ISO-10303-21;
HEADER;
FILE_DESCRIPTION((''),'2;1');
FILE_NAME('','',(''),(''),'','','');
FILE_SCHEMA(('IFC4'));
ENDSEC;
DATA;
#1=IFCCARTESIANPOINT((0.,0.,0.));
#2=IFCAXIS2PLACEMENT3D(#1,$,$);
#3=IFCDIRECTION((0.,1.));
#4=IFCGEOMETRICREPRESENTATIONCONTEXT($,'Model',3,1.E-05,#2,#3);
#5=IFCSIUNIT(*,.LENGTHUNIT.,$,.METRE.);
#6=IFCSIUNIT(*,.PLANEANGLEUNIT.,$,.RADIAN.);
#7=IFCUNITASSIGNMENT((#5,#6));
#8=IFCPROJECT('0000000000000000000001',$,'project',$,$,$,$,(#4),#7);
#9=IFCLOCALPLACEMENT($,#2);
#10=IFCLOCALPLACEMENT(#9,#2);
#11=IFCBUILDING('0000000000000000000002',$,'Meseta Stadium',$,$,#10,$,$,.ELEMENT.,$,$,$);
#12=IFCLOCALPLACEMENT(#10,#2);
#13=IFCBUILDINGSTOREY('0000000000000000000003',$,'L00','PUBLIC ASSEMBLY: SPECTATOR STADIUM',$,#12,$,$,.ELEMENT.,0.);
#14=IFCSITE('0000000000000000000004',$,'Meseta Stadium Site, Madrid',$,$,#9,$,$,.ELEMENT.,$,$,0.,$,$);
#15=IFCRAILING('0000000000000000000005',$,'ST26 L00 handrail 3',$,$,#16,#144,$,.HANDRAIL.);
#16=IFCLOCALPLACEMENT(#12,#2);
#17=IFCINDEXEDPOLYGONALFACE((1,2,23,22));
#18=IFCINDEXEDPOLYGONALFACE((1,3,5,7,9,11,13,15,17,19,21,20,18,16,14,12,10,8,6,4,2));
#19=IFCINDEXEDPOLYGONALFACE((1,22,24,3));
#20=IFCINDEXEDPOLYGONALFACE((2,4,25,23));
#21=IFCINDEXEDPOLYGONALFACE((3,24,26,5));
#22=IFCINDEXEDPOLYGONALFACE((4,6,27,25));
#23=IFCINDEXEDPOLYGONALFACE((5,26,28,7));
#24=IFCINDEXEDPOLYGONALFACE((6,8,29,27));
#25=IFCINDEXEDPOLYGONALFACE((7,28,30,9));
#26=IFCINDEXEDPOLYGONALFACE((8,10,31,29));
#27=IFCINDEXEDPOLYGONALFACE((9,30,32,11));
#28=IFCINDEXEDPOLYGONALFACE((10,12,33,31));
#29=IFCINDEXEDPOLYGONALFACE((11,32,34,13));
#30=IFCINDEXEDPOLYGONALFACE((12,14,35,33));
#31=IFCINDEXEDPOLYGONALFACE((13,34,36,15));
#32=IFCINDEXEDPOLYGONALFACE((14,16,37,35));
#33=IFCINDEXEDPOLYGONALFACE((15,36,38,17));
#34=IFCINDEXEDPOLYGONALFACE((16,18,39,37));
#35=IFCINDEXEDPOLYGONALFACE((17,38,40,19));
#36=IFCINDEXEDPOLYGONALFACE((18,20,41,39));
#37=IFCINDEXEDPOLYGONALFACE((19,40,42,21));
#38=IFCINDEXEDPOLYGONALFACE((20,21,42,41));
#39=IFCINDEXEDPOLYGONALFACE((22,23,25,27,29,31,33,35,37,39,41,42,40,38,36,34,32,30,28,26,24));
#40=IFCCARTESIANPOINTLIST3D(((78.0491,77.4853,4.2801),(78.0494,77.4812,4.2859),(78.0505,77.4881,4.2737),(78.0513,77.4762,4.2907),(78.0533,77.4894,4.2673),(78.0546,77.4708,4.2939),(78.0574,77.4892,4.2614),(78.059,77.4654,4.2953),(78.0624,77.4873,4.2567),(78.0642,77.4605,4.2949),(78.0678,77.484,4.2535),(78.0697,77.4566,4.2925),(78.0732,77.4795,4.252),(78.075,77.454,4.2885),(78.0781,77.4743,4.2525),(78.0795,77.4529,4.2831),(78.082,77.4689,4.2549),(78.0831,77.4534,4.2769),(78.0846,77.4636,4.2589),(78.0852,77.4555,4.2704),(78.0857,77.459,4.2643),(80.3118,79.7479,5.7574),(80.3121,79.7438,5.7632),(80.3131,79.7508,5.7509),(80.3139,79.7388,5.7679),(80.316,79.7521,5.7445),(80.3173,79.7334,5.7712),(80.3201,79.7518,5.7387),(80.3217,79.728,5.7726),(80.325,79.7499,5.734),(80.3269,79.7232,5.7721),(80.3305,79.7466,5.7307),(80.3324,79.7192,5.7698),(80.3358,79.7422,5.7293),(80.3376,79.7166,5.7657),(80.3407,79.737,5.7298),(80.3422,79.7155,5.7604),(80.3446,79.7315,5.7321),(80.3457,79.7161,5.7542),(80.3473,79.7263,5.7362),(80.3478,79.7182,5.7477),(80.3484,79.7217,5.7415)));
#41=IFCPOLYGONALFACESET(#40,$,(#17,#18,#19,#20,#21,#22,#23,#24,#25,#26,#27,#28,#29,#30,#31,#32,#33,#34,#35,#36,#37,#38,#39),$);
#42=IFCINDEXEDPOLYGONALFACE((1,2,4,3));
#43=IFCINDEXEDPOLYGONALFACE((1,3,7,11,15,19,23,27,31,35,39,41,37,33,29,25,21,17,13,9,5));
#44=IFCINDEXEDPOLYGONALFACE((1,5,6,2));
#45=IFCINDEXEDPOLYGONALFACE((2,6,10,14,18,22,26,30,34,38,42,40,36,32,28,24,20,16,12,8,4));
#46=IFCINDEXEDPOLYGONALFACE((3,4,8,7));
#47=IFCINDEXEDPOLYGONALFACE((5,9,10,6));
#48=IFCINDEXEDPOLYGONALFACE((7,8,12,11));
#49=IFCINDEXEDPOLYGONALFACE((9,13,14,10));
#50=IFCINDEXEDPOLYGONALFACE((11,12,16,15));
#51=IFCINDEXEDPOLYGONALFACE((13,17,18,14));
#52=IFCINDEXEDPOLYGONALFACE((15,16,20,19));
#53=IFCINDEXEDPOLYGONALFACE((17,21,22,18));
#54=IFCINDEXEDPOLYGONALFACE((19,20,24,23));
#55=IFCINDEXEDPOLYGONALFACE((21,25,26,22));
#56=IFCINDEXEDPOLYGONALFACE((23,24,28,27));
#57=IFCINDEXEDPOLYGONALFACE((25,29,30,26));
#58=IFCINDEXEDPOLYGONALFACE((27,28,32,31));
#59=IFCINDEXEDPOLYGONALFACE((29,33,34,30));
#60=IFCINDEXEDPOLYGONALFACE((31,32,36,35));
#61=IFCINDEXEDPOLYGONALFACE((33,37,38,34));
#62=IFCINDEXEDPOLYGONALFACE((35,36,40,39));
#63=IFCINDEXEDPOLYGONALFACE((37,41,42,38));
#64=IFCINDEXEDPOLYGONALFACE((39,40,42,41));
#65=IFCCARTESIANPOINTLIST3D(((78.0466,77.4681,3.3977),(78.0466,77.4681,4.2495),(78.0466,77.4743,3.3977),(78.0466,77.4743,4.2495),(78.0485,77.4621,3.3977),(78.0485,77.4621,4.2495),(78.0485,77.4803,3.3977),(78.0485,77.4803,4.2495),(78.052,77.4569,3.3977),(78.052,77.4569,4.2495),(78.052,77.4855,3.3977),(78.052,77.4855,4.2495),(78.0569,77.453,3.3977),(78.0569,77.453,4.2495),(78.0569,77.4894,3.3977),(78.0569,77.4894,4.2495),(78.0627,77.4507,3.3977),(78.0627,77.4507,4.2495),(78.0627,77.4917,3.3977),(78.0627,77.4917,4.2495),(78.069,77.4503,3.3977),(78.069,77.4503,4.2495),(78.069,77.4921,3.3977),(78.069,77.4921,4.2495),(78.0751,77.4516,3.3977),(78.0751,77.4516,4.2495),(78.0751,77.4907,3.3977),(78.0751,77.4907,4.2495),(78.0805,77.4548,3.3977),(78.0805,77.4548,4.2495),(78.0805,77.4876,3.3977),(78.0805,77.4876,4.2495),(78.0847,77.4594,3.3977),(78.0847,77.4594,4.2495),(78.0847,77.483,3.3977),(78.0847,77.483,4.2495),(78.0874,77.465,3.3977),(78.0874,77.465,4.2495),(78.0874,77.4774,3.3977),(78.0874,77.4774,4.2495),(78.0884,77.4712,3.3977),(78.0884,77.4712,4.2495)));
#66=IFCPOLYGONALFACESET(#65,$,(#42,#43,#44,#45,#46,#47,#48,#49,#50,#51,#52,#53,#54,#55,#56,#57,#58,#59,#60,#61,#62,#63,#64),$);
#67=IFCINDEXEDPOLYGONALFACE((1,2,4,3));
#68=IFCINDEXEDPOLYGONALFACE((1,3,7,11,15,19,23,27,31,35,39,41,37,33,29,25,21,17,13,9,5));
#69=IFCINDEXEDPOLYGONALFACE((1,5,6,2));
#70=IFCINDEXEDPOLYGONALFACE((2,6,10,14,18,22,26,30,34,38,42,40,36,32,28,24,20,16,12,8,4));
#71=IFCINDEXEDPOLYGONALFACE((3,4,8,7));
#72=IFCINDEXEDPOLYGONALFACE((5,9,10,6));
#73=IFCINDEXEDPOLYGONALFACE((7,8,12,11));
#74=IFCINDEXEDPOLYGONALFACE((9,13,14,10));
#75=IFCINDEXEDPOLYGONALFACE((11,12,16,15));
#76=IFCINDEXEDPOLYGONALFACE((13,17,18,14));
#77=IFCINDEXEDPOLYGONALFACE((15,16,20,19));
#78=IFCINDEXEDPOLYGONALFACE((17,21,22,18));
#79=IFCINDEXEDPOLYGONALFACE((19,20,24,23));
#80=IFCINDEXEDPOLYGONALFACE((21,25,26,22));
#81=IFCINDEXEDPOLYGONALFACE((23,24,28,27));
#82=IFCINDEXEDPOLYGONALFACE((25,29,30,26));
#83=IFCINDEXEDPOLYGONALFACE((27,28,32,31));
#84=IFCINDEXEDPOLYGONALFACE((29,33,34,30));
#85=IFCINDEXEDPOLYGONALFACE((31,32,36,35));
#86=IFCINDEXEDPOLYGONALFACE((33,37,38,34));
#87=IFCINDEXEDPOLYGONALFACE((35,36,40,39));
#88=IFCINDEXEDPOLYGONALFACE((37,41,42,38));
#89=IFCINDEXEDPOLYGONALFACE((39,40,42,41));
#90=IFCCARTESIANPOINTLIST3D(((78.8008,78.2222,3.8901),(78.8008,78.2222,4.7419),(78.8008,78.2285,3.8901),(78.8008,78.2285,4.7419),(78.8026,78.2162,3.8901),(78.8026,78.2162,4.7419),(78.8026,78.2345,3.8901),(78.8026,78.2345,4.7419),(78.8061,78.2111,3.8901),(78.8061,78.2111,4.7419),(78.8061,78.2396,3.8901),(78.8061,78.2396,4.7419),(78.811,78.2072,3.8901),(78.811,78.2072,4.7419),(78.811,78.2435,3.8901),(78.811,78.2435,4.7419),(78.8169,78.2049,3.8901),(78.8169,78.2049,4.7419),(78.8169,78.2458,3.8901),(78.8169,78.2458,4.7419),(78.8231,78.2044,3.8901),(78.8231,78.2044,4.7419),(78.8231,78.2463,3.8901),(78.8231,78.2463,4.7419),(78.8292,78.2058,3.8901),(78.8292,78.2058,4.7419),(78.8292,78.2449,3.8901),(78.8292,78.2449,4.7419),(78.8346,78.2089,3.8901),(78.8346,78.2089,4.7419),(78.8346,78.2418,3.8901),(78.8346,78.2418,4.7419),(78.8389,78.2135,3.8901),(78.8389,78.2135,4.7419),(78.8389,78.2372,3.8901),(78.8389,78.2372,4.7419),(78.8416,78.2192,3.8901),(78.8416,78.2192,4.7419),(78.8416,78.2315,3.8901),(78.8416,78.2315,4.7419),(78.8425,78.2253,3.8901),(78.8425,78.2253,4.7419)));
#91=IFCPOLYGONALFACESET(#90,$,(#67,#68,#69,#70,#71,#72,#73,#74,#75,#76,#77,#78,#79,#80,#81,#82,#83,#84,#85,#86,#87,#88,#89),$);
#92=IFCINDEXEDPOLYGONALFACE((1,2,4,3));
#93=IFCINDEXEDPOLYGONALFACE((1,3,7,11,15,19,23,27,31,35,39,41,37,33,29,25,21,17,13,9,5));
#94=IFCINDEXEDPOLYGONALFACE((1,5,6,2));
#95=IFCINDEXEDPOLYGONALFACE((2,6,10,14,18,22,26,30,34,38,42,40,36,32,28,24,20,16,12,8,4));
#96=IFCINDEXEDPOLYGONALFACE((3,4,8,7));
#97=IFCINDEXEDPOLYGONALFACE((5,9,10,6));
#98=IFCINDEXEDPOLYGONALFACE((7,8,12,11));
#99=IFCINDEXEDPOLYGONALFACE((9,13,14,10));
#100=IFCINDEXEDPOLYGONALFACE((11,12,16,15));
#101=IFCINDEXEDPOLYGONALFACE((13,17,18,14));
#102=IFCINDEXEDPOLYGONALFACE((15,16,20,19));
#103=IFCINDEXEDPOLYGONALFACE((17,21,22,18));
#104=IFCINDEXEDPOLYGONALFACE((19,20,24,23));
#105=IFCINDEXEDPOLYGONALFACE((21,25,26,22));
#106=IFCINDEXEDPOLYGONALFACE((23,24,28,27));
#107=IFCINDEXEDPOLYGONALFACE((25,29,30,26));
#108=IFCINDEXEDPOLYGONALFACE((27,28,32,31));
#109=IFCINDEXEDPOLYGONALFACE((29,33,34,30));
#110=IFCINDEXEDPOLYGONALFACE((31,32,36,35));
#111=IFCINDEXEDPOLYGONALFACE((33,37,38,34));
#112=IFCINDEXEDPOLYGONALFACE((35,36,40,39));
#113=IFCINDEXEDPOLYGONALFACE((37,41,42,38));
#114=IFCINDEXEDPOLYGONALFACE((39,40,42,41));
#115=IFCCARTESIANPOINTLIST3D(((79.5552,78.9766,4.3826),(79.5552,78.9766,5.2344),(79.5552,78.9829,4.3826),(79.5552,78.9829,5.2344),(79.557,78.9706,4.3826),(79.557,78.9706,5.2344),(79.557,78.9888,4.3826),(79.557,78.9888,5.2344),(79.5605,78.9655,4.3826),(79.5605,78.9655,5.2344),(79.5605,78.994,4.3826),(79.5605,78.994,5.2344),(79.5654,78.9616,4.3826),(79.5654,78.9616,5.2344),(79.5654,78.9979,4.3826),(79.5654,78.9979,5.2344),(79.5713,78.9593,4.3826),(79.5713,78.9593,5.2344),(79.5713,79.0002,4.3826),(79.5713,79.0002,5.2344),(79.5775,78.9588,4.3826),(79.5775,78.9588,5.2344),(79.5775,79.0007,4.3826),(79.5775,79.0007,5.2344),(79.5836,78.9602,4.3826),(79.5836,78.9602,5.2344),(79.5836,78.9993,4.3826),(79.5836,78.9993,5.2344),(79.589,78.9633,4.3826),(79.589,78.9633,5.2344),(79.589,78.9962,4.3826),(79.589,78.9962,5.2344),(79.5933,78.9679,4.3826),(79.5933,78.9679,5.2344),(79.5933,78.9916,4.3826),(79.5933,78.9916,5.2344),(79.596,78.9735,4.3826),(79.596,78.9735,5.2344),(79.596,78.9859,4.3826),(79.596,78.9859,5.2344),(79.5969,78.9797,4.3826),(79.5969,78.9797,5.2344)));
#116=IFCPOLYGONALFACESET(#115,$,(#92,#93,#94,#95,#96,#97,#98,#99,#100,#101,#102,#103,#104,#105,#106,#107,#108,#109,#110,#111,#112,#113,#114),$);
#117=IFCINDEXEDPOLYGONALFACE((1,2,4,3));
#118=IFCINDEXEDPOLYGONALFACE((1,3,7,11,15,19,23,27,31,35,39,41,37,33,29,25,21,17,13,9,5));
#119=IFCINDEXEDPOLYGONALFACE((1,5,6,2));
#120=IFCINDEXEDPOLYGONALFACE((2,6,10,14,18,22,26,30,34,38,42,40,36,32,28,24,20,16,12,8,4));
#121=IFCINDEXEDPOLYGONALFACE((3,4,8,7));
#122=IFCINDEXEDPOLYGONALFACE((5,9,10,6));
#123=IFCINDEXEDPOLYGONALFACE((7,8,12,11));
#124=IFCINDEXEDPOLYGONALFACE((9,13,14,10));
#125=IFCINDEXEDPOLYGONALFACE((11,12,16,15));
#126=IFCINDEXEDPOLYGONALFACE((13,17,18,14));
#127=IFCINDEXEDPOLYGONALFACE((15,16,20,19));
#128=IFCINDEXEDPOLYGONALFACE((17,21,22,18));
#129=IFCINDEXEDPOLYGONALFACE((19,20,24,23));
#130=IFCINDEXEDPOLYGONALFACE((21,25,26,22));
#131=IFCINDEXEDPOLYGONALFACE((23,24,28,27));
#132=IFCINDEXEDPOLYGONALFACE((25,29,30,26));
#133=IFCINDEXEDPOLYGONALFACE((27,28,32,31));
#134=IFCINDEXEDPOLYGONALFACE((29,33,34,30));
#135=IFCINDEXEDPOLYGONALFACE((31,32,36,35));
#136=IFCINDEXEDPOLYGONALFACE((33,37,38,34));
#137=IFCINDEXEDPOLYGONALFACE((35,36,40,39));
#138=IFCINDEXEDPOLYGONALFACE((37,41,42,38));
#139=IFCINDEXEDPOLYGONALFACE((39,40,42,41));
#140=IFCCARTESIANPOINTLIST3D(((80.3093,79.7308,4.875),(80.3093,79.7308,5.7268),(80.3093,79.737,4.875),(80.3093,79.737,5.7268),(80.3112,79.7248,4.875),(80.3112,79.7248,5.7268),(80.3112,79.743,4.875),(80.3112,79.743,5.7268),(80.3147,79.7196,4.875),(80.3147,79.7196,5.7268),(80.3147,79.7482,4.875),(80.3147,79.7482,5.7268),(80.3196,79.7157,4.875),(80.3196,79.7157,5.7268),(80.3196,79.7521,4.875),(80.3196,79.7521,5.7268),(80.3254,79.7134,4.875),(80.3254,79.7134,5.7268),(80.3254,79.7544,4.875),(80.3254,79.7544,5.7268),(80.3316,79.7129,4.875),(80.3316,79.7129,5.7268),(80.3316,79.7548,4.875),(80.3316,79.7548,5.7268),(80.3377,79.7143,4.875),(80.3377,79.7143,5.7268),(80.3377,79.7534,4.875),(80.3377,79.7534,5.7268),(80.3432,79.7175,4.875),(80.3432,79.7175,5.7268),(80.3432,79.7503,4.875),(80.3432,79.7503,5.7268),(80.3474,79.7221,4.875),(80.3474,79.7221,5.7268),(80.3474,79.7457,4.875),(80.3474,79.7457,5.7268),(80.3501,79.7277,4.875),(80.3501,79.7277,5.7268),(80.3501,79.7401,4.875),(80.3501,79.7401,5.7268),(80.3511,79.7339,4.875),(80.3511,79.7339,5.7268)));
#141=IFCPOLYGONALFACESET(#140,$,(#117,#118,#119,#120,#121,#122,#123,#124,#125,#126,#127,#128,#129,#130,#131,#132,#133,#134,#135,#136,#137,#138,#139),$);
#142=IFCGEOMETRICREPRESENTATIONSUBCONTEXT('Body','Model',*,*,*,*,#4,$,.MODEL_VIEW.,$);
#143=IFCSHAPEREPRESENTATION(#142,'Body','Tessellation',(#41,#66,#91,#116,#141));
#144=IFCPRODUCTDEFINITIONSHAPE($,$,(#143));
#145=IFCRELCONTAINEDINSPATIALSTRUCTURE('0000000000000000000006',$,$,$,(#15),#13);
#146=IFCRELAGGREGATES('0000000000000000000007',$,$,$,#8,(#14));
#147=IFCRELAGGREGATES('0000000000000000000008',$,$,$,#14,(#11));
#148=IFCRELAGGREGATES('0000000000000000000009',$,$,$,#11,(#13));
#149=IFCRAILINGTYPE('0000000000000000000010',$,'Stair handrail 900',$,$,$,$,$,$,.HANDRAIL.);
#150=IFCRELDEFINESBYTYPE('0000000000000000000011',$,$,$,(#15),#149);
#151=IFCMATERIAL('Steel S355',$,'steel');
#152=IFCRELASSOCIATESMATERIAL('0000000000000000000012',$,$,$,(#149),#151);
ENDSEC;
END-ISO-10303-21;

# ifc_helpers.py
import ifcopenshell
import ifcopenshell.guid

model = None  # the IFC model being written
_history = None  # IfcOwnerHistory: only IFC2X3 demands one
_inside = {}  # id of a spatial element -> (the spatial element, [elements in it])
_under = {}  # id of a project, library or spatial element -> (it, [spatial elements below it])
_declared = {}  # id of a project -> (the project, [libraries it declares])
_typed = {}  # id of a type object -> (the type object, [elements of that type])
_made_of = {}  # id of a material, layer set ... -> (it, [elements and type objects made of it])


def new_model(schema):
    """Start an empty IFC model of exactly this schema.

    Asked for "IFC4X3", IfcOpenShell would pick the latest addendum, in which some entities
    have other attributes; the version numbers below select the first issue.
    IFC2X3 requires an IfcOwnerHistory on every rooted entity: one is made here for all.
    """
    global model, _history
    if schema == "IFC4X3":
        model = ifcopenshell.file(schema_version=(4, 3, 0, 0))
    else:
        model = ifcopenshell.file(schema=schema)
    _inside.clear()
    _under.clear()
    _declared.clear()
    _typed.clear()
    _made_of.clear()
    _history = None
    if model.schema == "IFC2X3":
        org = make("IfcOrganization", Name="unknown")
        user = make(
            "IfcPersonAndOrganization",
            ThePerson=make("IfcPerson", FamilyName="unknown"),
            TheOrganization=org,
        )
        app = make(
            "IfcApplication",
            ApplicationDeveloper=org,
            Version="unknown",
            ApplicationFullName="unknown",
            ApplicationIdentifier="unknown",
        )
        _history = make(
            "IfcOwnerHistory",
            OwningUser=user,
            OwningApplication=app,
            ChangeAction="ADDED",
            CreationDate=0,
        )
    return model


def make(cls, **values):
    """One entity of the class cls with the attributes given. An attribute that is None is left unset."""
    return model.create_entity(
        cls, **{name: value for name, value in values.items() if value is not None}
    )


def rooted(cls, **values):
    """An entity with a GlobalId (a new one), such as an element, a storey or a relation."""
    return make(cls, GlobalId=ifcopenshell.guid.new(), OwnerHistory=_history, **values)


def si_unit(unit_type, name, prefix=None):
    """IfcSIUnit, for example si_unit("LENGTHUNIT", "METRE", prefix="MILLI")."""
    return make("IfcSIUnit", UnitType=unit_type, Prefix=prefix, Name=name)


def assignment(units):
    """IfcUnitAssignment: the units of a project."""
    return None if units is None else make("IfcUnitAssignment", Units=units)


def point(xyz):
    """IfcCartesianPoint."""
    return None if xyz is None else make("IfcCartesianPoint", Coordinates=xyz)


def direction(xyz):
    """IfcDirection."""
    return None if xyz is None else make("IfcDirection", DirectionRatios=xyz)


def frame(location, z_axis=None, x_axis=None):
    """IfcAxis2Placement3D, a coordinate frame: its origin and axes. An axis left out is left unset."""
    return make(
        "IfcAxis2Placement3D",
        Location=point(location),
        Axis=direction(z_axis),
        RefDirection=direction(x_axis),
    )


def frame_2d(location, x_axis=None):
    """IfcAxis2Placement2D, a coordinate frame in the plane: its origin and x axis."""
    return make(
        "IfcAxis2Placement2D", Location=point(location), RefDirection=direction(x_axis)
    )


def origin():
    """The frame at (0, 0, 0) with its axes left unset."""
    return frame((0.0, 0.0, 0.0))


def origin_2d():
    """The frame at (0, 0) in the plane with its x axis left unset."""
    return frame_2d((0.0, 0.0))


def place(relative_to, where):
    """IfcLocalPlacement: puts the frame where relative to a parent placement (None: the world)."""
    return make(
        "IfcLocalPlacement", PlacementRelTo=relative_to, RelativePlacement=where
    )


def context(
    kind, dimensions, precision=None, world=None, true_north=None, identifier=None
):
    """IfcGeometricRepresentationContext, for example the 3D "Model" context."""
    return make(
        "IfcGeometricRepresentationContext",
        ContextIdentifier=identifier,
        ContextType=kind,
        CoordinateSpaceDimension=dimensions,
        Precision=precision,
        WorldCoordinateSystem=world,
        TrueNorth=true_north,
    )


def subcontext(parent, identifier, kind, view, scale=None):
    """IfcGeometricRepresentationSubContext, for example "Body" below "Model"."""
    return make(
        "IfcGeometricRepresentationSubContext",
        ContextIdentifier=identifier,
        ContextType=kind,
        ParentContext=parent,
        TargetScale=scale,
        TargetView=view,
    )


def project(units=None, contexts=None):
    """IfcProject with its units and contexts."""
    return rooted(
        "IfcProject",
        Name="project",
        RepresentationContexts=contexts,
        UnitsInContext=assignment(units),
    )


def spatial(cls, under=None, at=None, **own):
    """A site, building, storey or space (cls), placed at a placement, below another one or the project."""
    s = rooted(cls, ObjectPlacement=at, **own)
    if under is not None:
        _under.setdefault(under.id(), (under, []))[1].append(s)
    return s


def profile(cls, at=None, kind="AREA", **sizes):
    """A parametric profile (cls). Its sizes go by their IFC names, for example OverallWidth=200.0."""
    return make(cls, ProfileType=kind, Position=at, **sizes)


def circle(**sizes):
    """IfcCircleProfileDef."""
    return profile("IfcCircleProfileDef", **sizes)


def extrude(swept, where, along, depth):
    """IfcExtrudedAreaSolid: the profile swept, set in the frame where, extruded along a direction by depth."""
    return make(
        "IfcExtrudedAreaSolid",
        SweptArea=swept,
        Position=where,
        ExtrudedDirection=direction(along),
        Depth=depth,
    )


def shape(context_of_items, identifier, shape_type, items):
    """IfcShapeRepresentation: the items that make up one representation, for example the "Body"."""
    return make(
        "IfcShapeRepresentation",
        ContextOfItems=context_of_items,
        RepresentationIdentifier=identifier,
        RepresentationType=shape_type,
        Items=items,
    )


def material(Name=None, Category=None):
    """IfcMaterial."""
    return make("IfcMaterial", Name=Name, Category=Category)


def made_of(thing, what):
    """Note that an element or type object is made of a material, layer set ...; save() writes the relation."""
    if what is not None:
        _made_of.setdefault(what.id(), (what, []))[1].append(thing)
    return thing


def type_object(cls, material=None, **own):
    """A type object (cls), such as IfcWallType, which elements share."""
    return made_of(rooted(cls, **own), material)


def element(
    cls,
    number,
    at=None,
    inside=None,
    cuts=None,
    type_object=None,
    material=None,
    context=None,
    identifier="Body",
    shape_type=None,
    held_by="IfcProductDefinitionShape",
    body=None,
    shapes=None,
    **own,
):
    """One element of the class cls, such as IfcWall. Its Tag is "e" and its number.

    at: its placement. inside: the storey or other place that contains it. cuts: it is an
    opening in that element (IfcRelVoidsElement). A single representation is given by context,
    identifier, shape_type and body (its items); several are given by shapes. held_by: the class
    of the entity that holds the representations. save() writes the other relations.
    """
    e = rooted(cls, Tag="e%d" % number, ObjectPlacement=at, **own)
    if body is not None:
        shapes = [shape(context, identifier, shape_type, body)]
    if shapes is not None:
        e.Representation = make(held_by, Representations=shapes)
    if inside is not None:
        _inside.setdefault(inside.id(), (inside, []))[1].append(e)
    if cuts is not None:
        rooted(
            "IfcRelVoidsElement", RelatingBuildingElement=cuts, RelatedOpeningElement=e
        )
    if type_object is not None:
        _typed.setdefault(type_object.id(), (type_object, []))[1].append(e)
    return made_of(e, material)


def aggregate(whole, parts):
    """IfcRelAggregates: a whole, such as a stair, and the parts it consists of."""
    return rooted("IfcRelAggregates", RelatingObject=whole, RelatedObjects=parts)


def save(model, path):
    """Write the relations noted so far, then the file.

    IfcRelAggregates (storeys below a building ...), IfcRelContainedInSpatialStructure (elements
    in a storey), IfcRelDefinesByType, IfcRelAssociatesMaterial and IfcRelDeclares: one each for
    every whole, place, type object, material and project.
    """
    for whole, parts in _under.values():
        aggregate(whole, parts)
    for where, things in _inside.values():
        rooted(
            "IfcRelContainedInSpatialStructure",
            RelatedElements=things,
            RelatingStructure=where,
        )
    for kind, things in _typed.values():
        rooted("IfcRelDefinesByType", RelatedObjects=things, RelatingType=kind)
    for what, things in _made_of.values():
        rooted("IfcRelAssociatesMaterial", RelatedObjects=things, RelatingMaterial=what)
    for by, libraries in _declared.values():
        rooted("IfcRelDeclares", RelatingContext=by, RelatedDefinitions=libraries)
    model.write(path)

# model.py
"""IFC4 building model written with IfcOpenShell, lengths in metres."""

from ifc_helpers import new_model, si_unit, direction, frame, origin, origin_2d, place, context, subcontext, project, spatial, circle, extrude, material, type_object, element, save


model = new_model("IFC4")

# Units and contexts
model_context = context("Model", 3, precision=1e-05, world=origin(), true_north=direction((0.0, 1.0)))
body_context = subcontext(model_context, "Body", "Model", "MODEL_VIEW")
ifc_project = project(units=[si_unit("LENGTHUNIT", "METRE"), si_unit("PLANEANGLEUNIT", "RADIAN")], contexts=[model_context])

# Site, building, storey
site_placement = place(None, origin())
site = spatial("IfcSite", under=ifc_project, at=site_placement, Name="Meseta Stadium Site, Madrid", CompositionType="ELEMENT", RefElevation=0.0)
building_placement = place(site_placement, origin())
building = spatial("IfcBuilding", under=site, at=building_placement, Name="Meseta Stadium", CompositionType="ELEMENT")
storey_placement = place(building_placement, origin())
storey = spatial("IfcBuildingStorey", under=building, at=storey_placement, Name="L00", Description="PUBLIC ASSEMBLY: SPECTATOR STADIUM", CompositionType="ELEMENT", Elevation=0.0)

# Railing
ifc_material_1 = material(Name="Steel S355", Category="steel")
railing_type_1 = type_object("IfcRailingType", Name="Stair handrail 900", PredefinedType="HANDRAIL", material=ifc_material_1)
for number, where, name in (
    (1, (78.0674, 77.4712, 3.3977), "ST26 L00 handrail 3"),
):
    element("IfcRailing", number, at=place(storey_placement, frame(where)), inside=storey, type_object=railing_type_1, Name=name, PredefinedType="HANDRAIL", context=body_context, shape_type="SweptSolid", body=[
        extrude(circle(Radius=0.0239, at=origin_2d()), frame((0.0, 0.0, 0.876), z_axis=(0.641994, 0.641994, 0.419152), x_axis=(-0.707107, 0.707107, 0.0)), (0.0, 0.0, 1.0), 3.5244),
        extrude(circle(Radius=0.021, at=origin_2d()), origin(), (0.0, 0.0, 1.0), 0.8518),
        extrude(circle(Radius=0.021, at=origin_2d()), frame((0.7542, 0.7542, 0.4924)), (0.0, 0.0, 1.0), 0.8518),
        extrude(circle(Radius=0.021, at=origin_2d()), frame((1.5085, 1.5085, 0.9849)), (0.0, 0.0, 1.0), 0.8518),
        extrude(circle(Radius=0.021, at=origin_2d()), frame((2.2627, 2.2627, 1.4773)), (0.0, 0.0, 1.0), 0.8518),
    ])

save(model, "model.ifc")
